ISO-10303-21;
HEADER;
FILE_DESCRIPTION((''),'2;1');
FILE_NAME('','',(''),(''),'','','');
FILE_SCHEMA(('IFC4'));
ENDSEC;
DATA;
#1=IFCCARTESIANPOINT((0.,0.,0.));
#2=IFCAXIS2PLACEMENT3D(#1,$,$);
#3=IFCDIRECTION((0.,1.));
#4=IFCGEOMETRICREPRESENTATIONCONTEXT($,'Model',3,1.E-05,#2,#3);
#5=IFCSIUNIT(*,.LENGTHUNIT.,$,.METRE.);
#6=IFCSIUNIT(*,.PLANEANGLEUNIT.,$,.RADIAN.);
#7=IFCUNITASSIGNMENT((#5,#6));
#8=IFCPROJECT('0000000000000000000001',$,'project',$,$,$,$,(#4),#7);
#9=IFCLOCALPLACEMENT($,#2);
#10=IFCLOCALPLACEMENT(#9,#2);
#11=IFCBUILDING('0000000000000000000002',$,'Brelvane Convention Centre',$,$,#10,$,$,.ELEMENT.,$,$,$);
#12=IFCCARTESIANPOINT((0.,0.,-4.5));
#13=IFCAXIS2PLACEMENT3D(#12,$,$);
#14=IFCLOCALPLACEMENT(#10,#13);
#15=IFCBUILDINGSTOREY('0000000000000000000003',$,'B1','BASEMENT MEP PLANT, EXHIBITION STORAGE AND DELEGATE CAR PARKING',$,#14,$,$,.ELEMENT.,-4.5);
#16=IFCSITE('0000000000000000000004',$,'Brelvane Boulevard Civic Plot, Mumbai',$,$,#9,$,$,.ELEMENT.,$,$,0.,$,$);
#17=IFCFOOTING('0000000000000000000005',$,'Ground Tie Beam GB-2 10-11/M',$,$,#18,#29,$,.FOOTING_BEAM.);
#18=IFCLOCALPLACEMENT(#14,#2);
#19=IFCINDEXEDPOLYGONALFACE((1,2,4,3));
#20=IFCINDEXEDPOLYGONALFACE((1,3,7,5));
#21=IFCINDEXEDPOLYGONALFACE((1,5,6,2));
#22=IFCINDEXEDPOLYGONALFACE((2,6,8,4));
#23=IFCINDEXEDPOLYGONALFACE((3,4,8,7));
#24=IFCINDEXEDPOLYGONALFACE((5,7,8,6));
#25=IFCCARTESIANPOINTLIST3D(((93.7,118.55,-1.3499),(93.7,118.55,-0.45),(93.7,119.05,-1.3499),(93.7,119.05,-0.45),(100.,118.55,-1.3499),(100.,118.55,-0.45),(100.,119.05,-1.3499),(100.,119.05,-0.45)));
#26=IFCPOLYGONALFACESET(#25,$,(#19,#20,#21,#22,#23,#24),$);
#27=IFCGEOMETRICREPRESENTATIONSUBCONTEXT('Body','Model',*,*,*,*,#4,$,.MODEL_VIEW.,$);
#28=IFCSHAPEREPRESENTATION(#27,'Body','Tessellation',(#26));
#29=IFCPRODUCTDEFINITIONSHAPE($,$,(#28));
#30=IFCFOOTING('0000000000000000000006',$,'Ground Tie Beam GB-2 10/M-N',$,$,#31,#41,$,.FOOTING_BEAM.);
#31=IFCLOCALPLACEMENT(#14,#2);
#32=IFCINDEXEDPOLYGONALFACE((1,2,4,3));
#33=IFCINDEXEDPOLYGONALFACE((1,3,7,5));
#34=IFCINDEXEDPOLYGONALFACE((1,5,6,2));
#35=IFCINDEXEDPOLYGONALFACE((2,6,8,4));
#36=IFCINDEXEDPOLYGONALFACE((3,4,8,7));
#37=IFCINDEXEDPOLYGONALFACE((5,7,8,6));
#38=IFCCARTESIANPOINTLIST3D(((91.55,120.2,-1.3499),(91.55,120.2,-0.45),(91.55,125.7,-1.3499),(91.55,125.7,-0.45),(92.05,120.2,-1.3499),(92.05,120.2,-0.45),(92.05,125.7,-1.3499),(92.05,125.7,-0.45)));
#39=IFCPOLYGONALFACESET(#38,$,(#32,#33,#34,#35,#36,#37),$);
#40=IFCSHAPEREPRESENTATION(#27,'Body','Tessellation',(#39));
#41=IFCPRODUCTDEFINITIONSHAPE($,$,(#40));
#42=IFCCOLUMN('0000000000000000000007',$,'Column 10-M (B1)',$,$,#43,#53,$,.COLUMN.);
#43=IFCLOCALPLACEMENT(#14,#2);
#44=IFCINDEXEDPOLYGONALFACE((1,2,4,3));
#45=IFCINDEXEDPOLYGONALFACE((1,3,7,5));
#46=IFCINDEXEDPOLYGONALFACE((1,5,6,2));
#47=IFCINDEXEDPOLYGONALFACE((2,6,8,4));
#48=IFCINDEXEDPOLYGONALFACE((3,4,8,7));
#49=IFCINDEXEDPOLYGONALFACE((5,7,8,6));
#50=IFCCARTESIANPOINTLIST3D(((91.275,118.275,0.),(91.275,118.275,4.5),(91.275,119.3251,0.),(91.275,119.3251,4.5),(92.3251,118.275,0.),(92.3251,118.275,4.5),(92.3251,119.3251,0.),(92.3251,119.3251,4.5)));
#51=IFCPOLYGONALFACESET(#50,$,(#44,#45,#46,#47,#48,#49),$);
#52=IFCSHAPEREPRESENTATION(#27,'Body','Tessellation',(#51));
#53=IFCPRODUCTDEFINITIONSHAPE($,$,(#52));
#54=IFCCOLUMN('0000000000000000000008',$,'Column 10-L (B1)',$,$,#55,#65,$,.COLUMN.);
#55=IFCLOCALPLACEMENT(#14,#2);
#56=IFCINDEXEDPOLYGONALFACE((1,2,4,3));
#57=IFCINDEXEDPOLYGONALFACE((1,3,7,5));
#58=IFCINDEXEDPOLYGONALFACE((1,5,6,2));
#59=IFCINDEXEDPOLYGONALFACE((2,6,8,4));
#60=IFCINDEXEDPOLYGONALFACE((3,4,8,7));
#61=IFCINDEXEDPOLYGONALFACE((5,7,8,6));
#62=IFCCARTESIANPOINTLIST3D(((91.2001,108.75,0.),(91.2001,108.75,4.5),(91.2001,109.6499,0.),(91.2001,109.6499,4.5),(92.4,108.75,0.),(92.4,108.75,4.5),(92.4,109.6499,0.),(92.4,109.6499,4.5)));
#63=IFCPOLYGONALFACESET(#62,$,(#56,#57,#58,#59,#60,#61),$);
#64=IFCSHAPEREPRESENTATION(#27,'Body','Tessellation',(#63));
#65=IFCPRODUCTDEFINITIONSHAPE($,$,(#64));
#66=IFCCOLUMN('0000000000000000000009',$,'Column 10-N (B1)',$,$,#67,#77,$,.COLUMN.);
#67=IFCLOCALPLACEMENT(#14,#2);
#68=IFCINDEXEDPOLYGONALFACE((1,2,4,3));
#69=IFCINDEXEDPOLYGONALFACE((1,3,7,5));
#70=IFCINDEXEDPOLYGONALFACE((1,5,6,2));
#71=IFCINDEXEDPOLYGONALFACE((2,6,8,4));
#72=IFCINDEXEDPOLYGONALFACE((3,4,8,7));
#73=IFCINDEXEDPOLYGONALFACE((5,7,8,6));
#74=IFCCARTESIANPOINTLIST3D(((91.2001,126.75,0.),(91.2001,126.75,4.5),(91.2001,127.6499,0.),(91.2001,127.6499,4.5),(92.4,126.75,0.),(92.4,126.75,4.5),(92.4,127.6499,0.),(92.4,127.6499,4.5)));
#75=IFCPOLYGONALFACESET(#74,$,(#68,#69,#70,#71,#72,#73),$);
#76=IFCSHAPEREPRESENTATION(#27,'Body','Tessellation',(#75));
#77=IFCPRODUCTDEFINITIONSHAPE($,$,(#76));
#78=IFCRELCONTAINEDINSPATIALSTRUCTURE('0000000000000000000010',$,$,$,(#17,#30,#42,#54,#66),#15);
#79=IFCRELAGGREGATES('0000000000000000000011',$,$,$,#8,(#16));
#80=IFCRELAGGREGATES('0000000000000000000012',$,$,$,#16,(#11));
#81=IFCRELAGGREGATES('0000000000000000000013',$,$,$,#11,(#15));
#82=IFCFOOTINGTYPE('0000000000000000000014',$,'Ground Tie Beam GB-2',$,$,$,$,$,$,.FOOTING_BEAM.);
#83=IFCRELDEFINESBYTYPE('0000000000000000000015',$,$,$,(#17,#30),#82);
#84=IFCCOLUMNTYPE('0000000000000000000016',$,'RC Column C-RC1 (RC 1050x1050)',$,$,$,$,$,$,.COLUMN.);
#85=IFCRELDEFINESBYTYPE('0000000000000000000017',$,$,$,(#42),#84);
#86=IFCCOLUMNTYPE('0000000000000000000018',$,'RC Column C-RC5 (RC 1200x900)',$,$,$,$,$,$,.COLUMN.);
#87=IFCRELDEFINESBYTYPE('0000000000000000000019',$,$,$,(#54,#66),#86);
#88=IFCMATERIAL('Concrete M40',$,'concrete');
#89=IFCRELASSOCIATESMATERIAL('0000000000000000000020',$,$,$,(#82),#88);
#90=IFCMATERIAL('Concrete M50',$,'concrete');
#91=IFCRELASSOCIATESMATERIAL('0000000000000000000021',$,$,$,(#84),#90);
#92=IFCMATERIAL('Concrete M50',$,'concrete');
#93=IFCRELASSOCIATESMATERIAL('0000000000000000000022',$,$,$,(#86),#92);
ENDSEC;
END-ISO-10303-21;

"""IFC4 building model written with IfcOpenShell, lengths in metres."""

from ifc_helpers import new_model, si_unit, direction, frame, origin, origin_2d, place, context, subcontext, project, spatial, rectangle, extrude, material, material_profile, profile_set, type_object, element, save


model = new_model("IFC4")

# Units and contexts
model_context = context("Model", 3, precision=1e-05, world=origin(), true_north=direction((0.0, 1.0)))
body_context = subcontext(model_context, "Body", "Model", "MODEL_VIEW")
ifc_project = project(units=[si_unit("LENGTHUNIT", "METRE"), si_unit("PLANEANGLEUNIT", "RADIAN")], contexts=[model_context])

# Site, building, storey
site_placement = place(None, origin())
site = spatial("IfcSite", under=ifc_project, at=site_placement, Name="Brelvane Boulevard Civic Plot, Mumbai", CompositionType="ELEMENT", RefElevation=0.0)
building_placement = place(site_placement, origin())
building = spatial("IfcBuilding", under=site, at=building_placement, Name="Brelvane Convention Centre", CompositionType="ELEMENT")
storey_placement = place(building_placement, frame((0.0, 0.0, -4.5)))
storey = spatial("IfcBuildingStorey", under=building, at=storey_placement, Name="B1", Description="BASEMENT MEP PLANT, EXHIBITION STORAGE AND DELEGATE CAR PARKING", CompositionType="ELEMENT", Elevation=-4.5)

# Footings
ifc_material_1 = material(Name="Concrete M40", Category="concrete")
ifc_material_profile_1 = material_profile(ifc_material_1, rectangle(XDim=0.5, YDim=0.8999, at=origin_2d()), Name="RC 500x900")
ifc_profile_set_1 = profile_set([ifc_material_profile_1], Name="Concrete M40")
footing_type_1 = type_object("IfcFootingType", Name="Ground Tie Beam GB-2", PredefinedType="FOOTING_BEAM", material=ifc_profile_set_1)
footing_1_placement = place(storey_placement, frame((93.7, 118.8, -0.8999), z_axis=(1.0, 0.0, 0.0), x_axis=(0.0, 1.0, 0.0)))
element("IfcFooting", 1, at=footing_1_placement, inside=storey, type_object=footing_type_1, Name="Ground Tie Beam GB-2 10-11/M", PredefinedType="FOOTING_BEAM", context=body_context, shape_type="SweptSolid", body=[
    extrude(rectangle(XDim=0.5, YDim=0.8999, at=origin_2d()), origin(), (0.0, 0.0, 1.0), 6.3),
])
footing_2_placement = place(storey_placement, frame((91.8, 120.2, -0.8999), z_axis=(0.0, 1.0, 0.0), x_axis=(-1.0, 0.0, 0.0)))
element("IfcFooting", 2, at=footing_2_placement, inside=storey, type_object=footing_type_1, Name="Ground Tie Beam GB-2 10/M-N", PredefinedType="FOOTING_BEAM", context=body_context, shape_type="SweptSolid", body=[
    extrude(rectangle(XDim=0.5, YDim=0.8999, at=origin_2d()), origin(), (0.0, 0.0, 1.0), 5.5),
])

# Columns
ifc_material_2 = material(Name="Concrete M50", Category="concrete")
ifc_material_profile_2 = material_profile(ifc_material_2, rectangle(XDim=1.05, YDim=1.05, at=origin_2d()), Name="RC 1050x1050")
ifc_profile_set_2 = profile_set([ifc_material_profile_2], Name="Concrete M50")
column_type_1 = type_object("IfcColumnType", Name="RC Column C-RC1 (RC 1050x1050)", PredefinedType="COLUMN", material=ifc_profile_set_2)
column_placement = place(storey_placement, frame((91.8, 118.8, 0.0), z_axis=(0.0, 0.0, 1.0), x_axis=(1.0, 0.0, 0.0)))
element("IfcColumn", 3, at=column_placement, inside=storey, type_object=column_type_1, Name="Column 10-M (B1)", PredefinedType="COLUMN", context=body_context, shape_type="SweptSolid", body=[
    extrude(rectangle(XDim=1.05, YDim=1.05, at=origin_2d()), origin(), (0.0, 0.0, 1.0), 4.5),
])
ifc_material_3 = material(Name="Concrete M50", Category="concrete")
ifc_material_profile_3 = material_profile(ifc_material_3, rectangle(XDim=1.2, YDim=0.8999, at=origin_2d()), Name="RC 1200x900")
ifc_profile_set_3 = profile_set([ifc_material_profile_3], Name="Concrete M50")
column_type_2 = type_object("IfcColumnType", Name="RC Column C-RC5 (RC 1200x900)", PredefinedType="COLUMN", material=ifc_profile_set_3)
for number, where, z_axis, x_axis, name in (
    (4, (91.8, 109.2, 0.0), (0.0, 0.0, 1.0), (1.0, 0.0, 0.0), "Column 10-L (B1)"),
    (5, (91.8, 127.2, 0.0), (0.0, 0.0, 1.0), (1.0, 0.0, 0.0), "Column 10-N (B1)"),
):
    element("IfcColumn", number, at=place(storey_placement, frame(where, z_axis=z_axis, x_axis=x_axis)), inside=storey, type_object=column_type_2, Name=name, PredefinedType="COLUMN", context=body_context, shape_type="SweptSolid", body=[
        extrude(rectangle(XDim=1.2, YDim=0.8999, at=origin_2d()), origin(), (0.0, 0.0, 1.0), 4.5),
    ])

save(model, "model.ifc")
